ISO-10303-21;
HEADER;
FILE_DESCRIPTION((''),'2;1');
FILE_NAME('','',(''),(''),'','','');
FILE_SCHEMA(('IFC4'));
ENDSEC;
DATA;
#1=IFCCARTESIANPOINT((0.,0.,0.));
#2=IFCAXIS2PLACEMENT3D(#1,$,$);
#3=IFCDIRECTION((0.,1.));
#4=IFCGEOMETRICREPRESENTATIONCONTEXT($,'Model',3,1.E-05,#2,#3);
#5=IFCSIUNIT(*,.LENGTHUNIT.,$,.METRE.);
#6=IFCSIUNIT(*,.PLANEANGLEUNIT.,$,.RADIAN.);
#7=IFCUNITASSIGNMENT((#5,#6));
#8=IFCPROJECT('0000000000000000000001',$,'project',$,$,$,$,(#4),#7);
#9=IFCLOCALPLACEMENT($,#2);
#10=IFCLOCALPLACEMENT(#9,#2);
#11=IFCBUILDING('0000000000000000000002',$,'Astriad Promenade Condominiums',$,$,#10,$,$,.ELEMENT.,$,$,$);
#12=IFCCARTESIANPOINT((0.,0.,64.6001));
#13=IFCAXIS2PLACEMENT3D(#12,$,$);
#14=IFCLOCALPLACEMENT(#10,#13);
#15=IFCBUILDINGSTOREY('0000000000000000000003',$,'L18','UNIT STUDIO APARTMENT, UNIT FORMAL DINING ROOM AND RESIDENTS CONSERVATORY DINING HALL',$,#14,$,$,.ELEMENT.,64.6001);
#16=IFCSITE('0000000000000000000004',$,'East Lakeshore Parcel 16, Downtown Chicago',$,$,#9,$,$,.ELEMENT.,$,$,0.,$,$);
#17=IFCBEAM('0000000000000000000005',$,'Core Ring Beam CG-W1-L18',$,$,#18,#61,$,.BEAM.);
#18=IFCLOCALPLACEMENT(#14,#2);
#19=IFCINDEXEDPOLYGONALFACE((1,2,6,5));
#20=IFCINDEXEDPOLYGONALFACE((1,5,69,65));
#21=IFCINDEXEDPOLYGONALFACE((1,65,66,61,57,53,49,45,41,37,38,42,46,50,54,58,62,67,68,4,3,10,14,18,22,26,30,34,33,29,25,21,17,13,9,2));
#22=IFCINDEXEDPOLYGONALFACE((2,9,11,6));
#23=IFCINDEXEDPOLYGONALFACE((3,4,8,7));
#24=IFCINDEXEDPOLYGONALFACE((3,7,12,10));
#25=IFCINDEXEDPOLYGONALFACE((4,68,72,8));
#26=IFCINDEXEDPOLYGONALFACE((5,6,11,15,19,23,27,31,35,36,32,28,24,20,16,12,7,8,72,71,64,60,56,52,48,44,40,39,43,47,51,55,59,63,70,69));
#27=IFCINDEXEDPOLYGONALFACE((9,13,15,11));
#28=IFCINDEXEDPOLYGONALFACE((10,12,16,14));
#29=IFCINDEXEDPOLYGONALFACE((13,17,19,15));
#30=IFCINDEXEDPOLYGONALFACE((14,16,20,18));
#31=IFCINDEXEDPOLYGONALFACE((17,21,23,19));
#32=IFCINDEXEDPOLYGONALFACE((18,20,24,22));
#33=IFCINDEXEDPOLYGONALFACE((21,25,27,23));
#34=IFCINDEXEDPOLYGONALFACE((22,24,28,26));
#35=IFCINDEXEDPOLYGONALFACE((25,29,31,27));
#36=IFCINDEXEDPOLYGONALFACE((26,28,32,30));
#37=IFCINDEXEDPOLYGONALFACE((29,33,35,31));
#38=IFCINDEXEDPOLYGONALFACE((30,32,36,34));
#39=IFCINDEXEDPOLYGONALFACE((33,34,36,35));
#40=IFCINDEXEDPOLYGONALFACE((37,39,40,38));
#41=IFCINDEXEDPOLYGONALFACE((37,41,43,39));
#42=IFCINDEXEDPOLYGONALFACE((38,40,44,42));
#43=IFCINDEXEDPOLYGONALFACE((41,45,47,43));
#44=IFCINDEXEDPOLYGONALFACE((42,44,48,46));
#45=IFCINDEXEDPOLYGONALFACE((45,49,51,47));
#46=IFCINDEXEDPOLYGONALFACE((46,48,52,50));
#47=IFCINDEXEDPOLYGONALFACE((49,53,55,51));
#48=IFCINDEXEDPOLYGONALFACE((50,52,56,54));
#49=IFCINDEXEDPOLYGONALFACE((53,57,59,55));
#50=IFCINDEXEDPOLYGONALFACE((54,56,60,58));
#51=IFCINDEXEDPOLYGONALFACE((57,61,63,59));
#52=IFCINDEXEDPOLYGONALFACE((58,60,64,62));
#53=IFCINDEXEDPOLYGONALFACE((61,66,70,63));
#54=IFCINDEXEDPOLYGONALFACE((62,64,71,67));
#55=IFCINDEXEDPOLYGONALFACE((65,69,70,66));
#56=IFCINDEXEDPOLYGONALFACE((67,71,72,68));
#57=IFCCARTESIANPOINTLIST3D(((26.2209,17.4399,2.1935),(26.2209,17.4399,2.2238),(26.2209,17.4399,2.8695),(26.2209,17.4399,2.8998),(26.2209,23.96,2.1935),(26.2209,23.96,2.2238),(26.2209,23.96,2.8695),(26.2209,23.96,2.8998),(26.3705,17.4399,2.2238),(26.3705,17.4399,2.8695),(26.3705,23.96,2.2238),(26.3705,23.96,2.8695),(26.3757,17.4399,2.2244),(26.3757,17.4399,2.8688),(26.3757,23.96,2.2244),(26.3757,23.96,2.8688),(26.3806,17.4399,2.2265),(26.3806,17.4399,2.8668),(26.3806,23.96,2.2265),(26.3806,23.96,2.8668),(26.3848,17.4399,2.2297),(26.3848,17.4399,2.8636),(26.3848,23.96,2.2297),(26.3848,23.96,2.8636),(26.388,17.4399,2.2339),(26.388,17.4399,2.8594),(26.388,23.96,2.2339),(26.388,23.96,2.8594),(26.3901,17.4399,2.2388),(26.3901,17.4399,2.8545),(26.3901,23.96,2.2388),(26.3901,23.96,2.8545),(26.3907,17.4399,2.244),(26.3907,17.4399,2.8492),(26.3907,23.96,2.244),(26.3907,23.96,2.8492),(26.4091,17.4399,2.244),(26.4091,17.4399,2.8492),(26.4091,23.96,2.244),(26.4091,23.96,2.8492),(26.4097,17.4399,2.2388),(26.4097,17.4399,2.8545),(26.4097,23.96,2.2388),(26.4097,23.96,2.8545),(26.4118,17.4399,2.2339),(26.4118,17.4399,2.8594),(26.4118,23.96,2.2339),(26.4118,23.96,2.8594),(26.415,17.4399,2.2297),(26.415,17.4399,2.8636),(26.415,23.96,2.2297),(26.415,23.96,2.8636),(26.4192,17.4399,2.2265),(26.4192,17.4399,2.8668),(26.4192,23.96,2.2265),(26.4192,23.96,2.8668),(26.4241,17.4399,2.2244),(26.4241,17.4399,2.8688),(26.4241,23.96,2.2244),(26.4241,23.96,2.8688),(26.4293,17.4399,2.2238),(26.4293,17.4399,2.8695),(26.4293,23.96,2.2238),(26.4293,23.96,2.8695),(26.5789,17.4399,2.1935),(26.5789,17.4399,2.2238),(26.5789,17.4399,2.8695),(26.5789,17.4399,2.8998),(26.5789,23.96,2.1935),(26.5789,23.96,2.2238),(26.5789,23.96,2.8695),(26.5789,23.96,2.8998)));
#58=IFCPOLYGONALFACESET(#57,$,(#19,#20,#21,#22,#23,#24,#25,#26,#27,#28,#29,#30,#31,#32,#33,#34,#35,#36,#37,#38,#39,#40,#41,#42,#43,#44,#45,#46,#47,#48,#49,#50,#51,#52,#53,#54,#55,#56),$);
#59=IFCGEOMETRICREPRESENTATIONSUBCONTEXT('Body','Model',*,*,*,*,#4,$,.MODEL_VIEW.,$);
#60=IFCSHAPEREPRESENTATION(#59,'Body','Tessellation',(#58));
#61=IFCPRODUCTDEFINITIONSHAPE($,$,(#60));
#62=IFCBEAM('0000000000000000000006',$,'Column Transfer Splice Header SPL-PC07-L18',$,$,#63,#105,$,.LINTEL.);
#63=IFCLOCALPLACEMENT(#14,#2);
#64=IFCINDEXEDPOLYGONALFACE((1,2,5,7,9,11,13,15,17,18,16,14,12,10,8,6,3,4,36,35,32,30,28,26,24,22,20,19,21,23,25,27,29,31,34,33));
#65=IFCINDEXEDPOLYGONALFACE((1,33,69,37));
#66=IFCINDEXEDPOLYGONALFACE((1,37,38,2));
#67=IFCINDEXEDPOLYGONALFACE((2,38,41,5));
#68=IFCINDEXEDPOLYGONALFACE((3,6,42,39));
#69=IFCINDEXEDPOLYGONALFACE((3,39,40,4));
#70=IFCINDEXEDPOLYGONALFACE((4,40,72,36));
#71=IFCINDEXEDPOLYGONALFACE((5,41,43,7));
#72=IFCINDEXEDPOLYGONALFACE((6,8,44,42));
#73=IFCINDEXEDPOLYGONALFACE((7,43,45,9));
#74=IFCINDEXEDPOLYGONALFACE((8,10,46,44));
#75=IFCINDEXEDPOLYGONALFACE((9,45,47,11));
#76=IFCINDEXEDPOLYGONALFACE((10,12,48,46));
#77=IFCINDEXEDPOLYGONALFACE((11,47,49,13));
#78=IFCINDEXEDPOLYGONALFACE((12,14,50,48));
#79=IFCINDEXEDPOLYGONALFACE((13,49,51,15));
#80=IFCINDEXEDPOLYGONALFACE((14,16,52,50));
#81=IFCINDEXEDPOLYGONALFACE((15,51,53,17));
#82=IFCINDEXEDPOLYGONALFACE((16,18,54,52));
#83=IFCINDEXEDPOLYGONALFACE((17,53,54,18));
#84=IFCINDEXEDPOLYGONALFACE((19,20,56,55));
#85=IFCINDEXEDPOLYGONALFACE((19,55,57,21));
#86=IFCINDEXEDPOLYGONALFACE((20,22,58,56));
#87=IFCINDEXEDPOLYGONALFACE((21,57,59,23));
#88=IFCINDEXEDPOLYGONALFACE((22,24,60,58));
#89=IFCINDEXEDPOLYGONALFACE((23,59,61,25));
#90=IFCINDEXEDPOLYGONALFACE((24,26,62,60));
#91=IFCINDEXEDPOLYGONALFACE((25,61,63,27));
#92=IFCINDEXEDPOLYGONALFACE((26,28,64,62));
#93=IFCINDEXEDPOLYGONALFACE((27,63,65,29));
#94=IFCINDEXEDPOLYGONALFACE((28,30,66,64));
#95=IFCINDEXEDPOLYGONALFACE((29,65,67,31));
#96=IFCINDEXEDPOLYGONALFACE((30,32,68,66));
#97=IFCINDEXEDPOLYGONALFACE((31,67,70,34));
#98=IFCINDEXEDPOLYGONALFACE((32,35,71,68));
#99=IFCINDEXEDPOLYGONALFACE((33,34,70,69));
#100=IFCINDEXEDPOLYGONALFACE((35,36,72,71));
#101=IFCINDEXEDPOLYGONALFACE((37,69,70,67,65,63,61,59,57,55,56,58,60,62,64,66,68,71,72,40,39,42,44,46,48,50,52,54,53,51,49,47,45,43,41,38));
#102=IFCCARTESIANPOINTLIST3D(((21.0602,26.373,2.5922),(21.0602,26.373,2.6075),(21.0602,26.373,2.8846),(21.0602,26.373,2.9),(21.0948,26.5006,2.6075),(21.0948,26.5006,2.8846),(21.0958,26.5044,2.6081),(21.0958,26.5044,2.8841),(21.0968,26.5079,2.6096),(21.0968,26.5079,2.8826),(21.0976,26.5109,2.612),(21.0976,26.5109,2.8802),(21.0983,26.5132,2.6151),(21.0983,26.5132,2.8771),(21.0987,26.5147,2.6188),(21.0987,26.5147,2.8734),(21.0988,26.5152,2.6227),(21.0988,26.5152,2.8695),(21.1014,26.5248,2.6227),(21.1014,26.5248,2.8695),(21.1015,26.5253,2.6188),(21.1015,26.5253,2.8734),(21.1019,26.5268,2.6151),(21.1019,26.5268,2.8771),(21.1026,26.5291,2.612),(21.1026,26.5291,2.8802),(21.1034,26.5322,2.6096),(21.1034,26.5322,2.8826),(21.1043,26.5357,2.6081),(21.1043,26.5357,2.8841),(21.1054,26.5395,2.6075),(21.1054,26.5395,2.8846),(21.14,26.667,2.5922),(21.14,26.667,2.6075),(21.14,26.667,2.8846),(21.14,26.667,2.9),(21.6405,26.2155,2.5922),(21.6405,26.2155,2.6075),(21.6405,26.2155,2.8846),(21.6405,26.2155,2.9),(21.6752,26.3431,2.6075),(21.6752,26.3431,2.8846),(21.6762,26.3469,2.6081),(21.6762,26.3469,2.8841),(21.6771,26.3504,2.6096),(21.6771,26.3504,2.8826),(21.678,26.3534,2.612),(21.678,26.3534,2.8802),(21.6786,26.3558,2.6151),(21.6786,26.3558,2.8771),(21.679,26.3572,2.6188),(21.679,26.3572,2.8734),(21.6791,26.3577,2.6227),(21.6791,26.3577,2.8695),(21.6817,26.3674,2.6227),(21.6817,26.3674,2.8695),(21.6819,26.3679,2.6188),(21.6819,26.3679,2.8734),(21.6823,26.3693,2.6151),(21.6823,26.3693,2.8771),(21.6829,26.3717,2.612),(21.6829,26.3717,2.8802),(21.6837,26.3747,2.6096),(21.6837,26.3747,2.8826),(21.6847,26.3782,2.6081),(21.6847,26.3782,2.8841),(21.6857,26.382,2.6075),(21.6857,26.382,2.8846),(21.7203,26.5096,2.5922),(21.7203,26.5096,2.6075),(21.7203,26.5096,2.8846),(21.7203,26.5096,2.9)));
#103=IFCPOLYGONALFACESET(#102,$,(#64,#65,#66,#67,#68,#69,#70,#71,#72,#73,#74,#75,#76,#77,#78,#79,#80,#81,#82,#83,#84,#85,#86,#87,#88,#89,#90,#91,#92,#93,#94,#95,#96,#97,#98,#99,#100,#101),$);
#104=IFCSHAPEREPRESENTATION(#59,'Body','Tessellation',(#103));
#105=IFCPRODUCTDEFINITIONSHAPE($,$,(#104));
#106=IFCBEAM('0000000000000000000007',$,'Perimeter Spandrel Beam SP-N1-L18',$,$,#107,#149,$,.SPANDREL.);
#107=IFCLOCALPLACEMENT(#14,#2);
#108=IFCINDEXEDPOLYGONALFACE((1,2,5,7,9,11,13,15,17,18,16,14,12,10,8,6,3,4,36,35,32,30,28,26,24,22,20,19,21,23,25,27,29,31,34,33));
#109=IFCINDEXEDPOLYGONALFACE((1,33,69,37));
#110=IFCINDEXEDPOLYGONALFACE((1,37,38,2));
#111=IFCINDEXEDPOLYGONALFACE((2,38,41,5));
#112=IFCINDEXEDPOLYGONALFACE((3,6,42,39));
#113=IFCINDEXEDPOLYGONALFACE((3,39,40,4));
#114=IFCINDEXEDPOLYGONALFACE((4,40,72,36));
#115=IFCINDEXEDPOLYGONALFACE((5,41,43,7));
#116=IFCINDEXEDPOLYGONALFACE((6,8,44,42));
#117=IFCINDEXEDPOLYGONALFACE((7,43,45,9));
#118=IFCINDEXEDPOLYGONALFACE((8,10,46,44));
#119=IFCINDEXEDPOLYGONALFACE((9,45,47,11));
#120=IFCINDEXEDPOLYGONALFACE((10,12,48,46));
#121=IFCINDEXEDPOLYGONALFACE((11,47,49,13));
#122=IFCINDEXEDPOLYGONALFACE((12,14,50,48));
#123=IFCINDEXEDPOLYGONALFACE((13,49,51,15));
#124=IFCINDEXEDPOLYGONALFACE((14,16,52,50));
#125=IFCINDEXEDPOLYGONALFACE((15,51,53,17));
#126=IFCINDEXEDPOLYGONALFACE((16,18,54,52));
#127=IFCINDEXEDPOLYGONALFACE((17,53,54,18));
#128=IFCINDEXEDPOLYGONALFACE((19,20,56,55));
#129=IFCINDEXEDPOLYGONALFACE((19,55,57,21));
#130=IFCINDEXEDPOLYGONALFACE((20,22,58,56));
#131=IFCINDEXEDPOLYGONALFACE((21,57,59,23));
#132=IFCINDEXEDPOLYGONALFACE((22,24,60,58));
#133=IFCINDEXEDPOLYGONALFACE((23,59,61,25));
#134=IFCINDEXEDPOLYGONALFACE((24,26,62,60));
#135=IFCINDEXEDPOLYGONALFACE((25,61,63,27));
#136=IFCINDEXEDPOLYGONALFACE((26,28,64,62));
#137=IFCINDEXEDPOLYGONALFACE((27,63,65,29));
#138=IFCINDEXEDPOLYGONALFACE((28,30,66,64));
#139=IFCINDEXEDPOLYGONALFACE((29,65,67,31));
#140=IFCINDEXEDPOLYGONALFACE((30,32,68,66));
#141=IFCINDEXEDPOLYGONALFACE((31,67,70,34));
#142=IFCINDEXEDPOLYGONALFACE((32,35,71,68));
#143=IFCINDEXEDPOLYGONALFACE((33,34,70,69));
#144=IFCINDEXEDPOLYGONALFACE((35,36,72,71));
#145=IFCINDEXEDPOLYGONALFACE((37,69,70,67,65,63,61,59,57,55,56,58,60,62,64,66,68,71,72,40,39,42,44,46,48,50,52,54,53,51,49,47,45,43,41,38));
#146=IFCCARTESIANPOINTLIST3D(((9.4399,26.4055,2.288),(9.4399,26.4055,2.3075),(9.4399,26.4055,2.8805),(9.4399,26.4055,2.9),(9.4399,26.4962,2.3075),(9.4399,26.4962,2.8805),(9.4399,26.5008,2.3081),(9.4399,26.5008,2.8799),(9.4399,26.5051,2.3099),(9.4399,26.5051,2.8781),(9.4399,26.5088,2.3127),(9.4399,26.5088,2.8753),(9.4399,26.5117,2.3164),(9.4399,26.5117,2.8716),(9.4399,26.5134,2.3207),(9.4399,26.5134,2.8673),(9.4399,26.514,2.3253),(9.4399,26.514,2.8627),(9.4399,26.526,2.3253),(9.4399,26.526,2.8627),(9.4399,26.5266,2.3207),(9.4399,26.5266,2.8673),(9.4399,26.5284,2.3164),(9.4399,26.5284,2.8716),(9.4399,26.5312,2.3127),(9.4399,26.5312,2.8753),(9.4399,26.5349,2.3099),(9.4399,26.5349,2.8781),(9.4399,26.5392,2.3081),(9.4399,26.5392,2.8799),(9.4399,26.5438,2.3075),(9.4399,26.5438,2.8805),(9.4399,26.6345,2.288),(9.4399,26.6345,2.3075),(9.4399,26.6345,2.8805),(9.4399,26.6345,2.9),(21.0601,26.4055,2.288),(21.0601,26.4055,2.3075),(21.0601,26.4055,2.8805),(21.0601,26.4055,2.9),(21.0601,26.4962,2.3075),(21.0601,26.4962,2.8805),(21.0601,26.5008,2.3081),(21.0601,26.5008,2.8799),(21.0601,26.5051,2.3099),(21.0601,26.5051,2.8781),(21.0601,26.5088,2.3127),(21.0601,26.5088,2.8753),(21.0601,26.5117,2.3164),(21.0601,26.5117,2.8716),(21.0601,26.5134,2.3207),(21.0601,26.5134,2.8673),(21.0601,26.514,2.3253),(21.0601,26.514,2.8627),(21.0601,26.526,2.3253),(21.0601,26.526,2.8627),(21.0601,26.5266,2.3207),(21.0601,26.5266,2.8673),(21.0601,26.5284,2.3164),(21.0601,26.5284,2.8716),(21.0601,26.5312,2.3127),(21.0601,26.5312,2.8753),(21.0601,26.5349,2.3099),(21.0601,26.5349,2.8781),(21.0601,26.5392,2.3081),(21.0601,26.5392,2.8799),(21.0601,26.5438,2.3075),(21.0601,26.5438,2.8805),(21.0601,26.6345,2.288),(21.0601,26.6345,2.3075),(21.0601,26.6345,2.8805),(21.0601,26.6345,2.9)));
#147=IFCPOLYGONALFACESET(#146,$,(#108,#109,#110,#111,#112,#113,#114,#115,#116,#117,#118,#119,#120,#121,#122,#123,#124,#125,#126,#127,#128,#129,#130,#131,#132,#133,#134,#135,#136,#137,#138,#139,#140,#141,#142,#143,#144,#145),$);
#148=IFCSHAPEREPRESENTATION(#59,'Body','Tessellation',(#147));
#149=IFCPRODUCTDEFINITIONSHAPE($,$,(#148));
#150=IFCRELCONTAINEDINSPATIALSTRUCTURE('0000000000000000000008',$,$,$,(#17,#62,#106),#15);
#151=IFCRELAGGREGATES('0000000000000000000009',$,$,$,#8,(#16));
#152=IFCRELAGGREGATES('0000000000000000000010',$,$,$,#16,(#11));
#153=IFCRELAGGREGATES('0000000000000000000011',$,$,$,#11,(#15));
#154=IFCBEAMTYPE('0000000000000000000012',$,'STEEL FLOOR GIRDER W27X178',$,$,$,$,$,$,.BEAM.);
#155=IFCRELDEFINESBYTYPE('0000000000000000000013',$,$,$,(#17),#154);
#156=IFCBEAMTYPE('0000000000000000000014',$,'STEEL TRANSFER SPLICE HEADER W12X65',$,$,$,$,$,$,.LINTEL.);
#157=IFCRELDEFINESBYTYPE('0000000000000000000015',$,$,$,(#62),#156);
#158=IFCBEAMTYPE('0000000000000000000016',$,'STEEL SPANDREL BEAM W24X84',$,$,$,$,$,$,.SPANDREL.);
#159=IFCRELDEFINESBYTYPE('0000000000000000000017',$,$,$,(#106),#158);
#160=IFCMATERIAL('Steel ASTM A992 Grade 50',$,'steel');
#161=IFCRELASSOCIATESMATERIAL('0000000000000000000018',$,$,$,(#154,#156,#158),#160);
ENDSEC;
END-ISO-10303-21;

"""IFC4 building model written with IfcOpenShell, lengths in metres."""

from ifc_helpers import new_model, si_unit, direction, frame, origin, origin_2d, place, context, subcontext, project, spatial, i_section, extrude, source, transform, mapped, material, material_profile, profile_set, type_object, type_shapes, element, save


model = new_model("IFC4")

# Units and contexts
model_context = context("Model", 3, precision=1e-05, world=origin(), true_north=direction((0.0, 1.0)))
body_context = subcontext(model_context, "Body", "Model", "MODEL_VIEW")
ifc_project = project(units=[si_unit("LENGTHUNIT", "METRE"), si_unit("PLANEANGLEUNIT", "RADIAN")], contexts=[model_context])

# Site, building, storey
site_placement = place(None, origin())
site = spatial("IfcSite", under=ifc_project, at=site_placement, Name="East Lakeshore Parcel 16, Downtown Chicago", CompositionType="ELEMENT", RefElevation=0.0)
building_placement = place(site_placement, origin())
building = spatial("IfcBuilding", under=site, at=building_placement, Name="Astriad Promenade Condominiums", CompositionType="ELEMENT")
storey_placement = place(building_placement, frame((0.0, 0.0, 64.6001)))
storey = spatial("IfcBuildingStorey", under=building, at=storey_placement, Name="L18", Description="UNIT STUDIO APARTMENT, UNIT FORMAL DINING ROOM AND RESIDENTS CONSERVATORY DINING HALL", CompositionType="ELEMENT", Elevation=64.6001)

# Shared definitions
ifc_material_1 = material(Name="Steel ASTM A992 Grade 50", Category="steel")

# Beams
ifc_material_profile_1 = material_profile(ifc_material_1, i_section(OverallWidth=0.3579, OverallDepth=0.7063, WebThickness=0.0183, FlangeThickness=0.0303, FilletRadius=0.0203, at=origin_2d()), Name="W27X178")
ifc_profile_set_1 = profile_set([ifc_material_profile_1], Name="Steel ASTM A992 Grade 50")
beam_type_1 = type_object("IfcBeamType", Name="STEEL FLOOR GIRDER W27X178", PredefinedType="BEAM", material=ifc_profile_set_1)
shared_shape_1 = source(origin(), body_context, "Body", "SweptSolid", [
    extrude(i_section(OverallWidth=0.3579, OverallDepth=0.7063, WebThickness=0.0183, FlangeThickness=0.0303, FilletRadius=0.0203, at=origin_2d()), origin(), (0.0, 0.0, 1.0), 6.52),
])
type_shapes(beam_type_1, [shared_shape_1])
beam_1_placement = place(storey_placement, frame((26.3999, 17.4399, 2.5466), z_axis=(0.0, 1.0, 0.0), x_axis=(-1.0, 0.0, 0.0)))
element("IfcBeam", 1, at=beam_1_placement, inside=storey, type_object=beam_type_1, Name="Core Ring Beam CG-W1-L18", PredefinedType="BEAM", context=body_context, shape_type="MappedRepresentation", body=[
    mapped(shared_shape_1, transform((0.0, 0.0, 0.0), scale=1.0)),
])
ifc_material_profile_2 = material_profile(ifc_material_1, i_section(OverallWidth=0.3047, OverallDepth=0.3079, WebThickness=0.01, FlangeThickness=0.0154, FilletRadius=0.0151, at=origin_2d()), Name="W12X65")
ifc_profile_set_2 = profile_set([ifc_material_profile_2], Name="Steel ASTM A992 Grade 50")
beam_type_2 = type_object("IfcBeamType", Name="STEEL TRANSFER SPLICE HEADER W12X65", PredefinedType="LINTEL", material=ifc_profile_set_2)
shared_shape_2 = source(origin(), body_context, "Body", "SweptSolid", [
    extrude(i_section(OverallWidth=0.3047, OverallDepth=0.3079, WebThickness=0.01, FlangeThickness=0.0154, FilletRadius=0.0151, at=origin_2d()), origin(), (0.0, 0.0, 1.0), 0.6013),
])
type_shapes(beam_type_2, [shared_shape_2])
beam_2_placement = place(storey_placement, frame((21.1001, 26.52, 2.7461), z_axis=(0.9651, -0.26188, 0.0), x_axis=(0.26188, 0.9651, 0.0)))
element("IfcBeam", 2, at=beam_2_placement, inside=storey, type_object=beam_type_2, Name="Column Transfer Splice Header SPL-PC07-L18", PredefinedType="LINTEL", context=body_context, shape_type="MappedRepresentation", body=[
    mapped(shared_shape_2, transform((0.0, 0.0, 0.0), scale=1.0)),
])
ifc_material_profile_3 = material_profile(ifc_material_1, i_section(OverallWidth=0.229, OverallDepth=0.6121, WebThickness=0.012, FlangeThickness=0.0195, FilletRadius=0.0178, at=origin_2d()), Name="W24X84")
ifc_profile_set_3 = profile_set([ifc_material_profile_3], Name="Steel ASTM A992 Grade 50")
beam_type_3 = type_object("IfcBeamType", Name="STEEL SPANDREL BEAM W24X84", PredefinedType="SPANDREL", material=ifc_profile_set_3)
shared_shape_3 = source(origin(), body_context, "Body", "SweptSolid", [
    extrude(i_section(OverallWidth=0.229, OverallDepth=0.6121, WebThickness=0.012, FlangeThickness=0.0195, FilletRadius=0.0178, at=origin_2d()), origin(), (0.0, 0.0, 1.0), 11.6201),
])
type_shapes(beam_type_3, [shared_shape_3])
beam_3_placement = place(storey_placement, frame((21.0601, 26.52, 2.594), z_axis=(-1.0, 0.0, 0.0), x_axis=(0.0, -1.0, 0.0)))
element("IfcBeam", 3, at=beam_3_placement, inside=storey, type_object=beam_type_3, Name="Perimeter Spandrel Beam SP-N1-L18", PredefinedType="SPANDREL", context=body_context, shape_type="MappedRepresentation", body=[
    mapped(shared_shape_3, transform((0.0, 0.0, 0.0), scale=1.0)),
])

save(model, "model.ifc")
